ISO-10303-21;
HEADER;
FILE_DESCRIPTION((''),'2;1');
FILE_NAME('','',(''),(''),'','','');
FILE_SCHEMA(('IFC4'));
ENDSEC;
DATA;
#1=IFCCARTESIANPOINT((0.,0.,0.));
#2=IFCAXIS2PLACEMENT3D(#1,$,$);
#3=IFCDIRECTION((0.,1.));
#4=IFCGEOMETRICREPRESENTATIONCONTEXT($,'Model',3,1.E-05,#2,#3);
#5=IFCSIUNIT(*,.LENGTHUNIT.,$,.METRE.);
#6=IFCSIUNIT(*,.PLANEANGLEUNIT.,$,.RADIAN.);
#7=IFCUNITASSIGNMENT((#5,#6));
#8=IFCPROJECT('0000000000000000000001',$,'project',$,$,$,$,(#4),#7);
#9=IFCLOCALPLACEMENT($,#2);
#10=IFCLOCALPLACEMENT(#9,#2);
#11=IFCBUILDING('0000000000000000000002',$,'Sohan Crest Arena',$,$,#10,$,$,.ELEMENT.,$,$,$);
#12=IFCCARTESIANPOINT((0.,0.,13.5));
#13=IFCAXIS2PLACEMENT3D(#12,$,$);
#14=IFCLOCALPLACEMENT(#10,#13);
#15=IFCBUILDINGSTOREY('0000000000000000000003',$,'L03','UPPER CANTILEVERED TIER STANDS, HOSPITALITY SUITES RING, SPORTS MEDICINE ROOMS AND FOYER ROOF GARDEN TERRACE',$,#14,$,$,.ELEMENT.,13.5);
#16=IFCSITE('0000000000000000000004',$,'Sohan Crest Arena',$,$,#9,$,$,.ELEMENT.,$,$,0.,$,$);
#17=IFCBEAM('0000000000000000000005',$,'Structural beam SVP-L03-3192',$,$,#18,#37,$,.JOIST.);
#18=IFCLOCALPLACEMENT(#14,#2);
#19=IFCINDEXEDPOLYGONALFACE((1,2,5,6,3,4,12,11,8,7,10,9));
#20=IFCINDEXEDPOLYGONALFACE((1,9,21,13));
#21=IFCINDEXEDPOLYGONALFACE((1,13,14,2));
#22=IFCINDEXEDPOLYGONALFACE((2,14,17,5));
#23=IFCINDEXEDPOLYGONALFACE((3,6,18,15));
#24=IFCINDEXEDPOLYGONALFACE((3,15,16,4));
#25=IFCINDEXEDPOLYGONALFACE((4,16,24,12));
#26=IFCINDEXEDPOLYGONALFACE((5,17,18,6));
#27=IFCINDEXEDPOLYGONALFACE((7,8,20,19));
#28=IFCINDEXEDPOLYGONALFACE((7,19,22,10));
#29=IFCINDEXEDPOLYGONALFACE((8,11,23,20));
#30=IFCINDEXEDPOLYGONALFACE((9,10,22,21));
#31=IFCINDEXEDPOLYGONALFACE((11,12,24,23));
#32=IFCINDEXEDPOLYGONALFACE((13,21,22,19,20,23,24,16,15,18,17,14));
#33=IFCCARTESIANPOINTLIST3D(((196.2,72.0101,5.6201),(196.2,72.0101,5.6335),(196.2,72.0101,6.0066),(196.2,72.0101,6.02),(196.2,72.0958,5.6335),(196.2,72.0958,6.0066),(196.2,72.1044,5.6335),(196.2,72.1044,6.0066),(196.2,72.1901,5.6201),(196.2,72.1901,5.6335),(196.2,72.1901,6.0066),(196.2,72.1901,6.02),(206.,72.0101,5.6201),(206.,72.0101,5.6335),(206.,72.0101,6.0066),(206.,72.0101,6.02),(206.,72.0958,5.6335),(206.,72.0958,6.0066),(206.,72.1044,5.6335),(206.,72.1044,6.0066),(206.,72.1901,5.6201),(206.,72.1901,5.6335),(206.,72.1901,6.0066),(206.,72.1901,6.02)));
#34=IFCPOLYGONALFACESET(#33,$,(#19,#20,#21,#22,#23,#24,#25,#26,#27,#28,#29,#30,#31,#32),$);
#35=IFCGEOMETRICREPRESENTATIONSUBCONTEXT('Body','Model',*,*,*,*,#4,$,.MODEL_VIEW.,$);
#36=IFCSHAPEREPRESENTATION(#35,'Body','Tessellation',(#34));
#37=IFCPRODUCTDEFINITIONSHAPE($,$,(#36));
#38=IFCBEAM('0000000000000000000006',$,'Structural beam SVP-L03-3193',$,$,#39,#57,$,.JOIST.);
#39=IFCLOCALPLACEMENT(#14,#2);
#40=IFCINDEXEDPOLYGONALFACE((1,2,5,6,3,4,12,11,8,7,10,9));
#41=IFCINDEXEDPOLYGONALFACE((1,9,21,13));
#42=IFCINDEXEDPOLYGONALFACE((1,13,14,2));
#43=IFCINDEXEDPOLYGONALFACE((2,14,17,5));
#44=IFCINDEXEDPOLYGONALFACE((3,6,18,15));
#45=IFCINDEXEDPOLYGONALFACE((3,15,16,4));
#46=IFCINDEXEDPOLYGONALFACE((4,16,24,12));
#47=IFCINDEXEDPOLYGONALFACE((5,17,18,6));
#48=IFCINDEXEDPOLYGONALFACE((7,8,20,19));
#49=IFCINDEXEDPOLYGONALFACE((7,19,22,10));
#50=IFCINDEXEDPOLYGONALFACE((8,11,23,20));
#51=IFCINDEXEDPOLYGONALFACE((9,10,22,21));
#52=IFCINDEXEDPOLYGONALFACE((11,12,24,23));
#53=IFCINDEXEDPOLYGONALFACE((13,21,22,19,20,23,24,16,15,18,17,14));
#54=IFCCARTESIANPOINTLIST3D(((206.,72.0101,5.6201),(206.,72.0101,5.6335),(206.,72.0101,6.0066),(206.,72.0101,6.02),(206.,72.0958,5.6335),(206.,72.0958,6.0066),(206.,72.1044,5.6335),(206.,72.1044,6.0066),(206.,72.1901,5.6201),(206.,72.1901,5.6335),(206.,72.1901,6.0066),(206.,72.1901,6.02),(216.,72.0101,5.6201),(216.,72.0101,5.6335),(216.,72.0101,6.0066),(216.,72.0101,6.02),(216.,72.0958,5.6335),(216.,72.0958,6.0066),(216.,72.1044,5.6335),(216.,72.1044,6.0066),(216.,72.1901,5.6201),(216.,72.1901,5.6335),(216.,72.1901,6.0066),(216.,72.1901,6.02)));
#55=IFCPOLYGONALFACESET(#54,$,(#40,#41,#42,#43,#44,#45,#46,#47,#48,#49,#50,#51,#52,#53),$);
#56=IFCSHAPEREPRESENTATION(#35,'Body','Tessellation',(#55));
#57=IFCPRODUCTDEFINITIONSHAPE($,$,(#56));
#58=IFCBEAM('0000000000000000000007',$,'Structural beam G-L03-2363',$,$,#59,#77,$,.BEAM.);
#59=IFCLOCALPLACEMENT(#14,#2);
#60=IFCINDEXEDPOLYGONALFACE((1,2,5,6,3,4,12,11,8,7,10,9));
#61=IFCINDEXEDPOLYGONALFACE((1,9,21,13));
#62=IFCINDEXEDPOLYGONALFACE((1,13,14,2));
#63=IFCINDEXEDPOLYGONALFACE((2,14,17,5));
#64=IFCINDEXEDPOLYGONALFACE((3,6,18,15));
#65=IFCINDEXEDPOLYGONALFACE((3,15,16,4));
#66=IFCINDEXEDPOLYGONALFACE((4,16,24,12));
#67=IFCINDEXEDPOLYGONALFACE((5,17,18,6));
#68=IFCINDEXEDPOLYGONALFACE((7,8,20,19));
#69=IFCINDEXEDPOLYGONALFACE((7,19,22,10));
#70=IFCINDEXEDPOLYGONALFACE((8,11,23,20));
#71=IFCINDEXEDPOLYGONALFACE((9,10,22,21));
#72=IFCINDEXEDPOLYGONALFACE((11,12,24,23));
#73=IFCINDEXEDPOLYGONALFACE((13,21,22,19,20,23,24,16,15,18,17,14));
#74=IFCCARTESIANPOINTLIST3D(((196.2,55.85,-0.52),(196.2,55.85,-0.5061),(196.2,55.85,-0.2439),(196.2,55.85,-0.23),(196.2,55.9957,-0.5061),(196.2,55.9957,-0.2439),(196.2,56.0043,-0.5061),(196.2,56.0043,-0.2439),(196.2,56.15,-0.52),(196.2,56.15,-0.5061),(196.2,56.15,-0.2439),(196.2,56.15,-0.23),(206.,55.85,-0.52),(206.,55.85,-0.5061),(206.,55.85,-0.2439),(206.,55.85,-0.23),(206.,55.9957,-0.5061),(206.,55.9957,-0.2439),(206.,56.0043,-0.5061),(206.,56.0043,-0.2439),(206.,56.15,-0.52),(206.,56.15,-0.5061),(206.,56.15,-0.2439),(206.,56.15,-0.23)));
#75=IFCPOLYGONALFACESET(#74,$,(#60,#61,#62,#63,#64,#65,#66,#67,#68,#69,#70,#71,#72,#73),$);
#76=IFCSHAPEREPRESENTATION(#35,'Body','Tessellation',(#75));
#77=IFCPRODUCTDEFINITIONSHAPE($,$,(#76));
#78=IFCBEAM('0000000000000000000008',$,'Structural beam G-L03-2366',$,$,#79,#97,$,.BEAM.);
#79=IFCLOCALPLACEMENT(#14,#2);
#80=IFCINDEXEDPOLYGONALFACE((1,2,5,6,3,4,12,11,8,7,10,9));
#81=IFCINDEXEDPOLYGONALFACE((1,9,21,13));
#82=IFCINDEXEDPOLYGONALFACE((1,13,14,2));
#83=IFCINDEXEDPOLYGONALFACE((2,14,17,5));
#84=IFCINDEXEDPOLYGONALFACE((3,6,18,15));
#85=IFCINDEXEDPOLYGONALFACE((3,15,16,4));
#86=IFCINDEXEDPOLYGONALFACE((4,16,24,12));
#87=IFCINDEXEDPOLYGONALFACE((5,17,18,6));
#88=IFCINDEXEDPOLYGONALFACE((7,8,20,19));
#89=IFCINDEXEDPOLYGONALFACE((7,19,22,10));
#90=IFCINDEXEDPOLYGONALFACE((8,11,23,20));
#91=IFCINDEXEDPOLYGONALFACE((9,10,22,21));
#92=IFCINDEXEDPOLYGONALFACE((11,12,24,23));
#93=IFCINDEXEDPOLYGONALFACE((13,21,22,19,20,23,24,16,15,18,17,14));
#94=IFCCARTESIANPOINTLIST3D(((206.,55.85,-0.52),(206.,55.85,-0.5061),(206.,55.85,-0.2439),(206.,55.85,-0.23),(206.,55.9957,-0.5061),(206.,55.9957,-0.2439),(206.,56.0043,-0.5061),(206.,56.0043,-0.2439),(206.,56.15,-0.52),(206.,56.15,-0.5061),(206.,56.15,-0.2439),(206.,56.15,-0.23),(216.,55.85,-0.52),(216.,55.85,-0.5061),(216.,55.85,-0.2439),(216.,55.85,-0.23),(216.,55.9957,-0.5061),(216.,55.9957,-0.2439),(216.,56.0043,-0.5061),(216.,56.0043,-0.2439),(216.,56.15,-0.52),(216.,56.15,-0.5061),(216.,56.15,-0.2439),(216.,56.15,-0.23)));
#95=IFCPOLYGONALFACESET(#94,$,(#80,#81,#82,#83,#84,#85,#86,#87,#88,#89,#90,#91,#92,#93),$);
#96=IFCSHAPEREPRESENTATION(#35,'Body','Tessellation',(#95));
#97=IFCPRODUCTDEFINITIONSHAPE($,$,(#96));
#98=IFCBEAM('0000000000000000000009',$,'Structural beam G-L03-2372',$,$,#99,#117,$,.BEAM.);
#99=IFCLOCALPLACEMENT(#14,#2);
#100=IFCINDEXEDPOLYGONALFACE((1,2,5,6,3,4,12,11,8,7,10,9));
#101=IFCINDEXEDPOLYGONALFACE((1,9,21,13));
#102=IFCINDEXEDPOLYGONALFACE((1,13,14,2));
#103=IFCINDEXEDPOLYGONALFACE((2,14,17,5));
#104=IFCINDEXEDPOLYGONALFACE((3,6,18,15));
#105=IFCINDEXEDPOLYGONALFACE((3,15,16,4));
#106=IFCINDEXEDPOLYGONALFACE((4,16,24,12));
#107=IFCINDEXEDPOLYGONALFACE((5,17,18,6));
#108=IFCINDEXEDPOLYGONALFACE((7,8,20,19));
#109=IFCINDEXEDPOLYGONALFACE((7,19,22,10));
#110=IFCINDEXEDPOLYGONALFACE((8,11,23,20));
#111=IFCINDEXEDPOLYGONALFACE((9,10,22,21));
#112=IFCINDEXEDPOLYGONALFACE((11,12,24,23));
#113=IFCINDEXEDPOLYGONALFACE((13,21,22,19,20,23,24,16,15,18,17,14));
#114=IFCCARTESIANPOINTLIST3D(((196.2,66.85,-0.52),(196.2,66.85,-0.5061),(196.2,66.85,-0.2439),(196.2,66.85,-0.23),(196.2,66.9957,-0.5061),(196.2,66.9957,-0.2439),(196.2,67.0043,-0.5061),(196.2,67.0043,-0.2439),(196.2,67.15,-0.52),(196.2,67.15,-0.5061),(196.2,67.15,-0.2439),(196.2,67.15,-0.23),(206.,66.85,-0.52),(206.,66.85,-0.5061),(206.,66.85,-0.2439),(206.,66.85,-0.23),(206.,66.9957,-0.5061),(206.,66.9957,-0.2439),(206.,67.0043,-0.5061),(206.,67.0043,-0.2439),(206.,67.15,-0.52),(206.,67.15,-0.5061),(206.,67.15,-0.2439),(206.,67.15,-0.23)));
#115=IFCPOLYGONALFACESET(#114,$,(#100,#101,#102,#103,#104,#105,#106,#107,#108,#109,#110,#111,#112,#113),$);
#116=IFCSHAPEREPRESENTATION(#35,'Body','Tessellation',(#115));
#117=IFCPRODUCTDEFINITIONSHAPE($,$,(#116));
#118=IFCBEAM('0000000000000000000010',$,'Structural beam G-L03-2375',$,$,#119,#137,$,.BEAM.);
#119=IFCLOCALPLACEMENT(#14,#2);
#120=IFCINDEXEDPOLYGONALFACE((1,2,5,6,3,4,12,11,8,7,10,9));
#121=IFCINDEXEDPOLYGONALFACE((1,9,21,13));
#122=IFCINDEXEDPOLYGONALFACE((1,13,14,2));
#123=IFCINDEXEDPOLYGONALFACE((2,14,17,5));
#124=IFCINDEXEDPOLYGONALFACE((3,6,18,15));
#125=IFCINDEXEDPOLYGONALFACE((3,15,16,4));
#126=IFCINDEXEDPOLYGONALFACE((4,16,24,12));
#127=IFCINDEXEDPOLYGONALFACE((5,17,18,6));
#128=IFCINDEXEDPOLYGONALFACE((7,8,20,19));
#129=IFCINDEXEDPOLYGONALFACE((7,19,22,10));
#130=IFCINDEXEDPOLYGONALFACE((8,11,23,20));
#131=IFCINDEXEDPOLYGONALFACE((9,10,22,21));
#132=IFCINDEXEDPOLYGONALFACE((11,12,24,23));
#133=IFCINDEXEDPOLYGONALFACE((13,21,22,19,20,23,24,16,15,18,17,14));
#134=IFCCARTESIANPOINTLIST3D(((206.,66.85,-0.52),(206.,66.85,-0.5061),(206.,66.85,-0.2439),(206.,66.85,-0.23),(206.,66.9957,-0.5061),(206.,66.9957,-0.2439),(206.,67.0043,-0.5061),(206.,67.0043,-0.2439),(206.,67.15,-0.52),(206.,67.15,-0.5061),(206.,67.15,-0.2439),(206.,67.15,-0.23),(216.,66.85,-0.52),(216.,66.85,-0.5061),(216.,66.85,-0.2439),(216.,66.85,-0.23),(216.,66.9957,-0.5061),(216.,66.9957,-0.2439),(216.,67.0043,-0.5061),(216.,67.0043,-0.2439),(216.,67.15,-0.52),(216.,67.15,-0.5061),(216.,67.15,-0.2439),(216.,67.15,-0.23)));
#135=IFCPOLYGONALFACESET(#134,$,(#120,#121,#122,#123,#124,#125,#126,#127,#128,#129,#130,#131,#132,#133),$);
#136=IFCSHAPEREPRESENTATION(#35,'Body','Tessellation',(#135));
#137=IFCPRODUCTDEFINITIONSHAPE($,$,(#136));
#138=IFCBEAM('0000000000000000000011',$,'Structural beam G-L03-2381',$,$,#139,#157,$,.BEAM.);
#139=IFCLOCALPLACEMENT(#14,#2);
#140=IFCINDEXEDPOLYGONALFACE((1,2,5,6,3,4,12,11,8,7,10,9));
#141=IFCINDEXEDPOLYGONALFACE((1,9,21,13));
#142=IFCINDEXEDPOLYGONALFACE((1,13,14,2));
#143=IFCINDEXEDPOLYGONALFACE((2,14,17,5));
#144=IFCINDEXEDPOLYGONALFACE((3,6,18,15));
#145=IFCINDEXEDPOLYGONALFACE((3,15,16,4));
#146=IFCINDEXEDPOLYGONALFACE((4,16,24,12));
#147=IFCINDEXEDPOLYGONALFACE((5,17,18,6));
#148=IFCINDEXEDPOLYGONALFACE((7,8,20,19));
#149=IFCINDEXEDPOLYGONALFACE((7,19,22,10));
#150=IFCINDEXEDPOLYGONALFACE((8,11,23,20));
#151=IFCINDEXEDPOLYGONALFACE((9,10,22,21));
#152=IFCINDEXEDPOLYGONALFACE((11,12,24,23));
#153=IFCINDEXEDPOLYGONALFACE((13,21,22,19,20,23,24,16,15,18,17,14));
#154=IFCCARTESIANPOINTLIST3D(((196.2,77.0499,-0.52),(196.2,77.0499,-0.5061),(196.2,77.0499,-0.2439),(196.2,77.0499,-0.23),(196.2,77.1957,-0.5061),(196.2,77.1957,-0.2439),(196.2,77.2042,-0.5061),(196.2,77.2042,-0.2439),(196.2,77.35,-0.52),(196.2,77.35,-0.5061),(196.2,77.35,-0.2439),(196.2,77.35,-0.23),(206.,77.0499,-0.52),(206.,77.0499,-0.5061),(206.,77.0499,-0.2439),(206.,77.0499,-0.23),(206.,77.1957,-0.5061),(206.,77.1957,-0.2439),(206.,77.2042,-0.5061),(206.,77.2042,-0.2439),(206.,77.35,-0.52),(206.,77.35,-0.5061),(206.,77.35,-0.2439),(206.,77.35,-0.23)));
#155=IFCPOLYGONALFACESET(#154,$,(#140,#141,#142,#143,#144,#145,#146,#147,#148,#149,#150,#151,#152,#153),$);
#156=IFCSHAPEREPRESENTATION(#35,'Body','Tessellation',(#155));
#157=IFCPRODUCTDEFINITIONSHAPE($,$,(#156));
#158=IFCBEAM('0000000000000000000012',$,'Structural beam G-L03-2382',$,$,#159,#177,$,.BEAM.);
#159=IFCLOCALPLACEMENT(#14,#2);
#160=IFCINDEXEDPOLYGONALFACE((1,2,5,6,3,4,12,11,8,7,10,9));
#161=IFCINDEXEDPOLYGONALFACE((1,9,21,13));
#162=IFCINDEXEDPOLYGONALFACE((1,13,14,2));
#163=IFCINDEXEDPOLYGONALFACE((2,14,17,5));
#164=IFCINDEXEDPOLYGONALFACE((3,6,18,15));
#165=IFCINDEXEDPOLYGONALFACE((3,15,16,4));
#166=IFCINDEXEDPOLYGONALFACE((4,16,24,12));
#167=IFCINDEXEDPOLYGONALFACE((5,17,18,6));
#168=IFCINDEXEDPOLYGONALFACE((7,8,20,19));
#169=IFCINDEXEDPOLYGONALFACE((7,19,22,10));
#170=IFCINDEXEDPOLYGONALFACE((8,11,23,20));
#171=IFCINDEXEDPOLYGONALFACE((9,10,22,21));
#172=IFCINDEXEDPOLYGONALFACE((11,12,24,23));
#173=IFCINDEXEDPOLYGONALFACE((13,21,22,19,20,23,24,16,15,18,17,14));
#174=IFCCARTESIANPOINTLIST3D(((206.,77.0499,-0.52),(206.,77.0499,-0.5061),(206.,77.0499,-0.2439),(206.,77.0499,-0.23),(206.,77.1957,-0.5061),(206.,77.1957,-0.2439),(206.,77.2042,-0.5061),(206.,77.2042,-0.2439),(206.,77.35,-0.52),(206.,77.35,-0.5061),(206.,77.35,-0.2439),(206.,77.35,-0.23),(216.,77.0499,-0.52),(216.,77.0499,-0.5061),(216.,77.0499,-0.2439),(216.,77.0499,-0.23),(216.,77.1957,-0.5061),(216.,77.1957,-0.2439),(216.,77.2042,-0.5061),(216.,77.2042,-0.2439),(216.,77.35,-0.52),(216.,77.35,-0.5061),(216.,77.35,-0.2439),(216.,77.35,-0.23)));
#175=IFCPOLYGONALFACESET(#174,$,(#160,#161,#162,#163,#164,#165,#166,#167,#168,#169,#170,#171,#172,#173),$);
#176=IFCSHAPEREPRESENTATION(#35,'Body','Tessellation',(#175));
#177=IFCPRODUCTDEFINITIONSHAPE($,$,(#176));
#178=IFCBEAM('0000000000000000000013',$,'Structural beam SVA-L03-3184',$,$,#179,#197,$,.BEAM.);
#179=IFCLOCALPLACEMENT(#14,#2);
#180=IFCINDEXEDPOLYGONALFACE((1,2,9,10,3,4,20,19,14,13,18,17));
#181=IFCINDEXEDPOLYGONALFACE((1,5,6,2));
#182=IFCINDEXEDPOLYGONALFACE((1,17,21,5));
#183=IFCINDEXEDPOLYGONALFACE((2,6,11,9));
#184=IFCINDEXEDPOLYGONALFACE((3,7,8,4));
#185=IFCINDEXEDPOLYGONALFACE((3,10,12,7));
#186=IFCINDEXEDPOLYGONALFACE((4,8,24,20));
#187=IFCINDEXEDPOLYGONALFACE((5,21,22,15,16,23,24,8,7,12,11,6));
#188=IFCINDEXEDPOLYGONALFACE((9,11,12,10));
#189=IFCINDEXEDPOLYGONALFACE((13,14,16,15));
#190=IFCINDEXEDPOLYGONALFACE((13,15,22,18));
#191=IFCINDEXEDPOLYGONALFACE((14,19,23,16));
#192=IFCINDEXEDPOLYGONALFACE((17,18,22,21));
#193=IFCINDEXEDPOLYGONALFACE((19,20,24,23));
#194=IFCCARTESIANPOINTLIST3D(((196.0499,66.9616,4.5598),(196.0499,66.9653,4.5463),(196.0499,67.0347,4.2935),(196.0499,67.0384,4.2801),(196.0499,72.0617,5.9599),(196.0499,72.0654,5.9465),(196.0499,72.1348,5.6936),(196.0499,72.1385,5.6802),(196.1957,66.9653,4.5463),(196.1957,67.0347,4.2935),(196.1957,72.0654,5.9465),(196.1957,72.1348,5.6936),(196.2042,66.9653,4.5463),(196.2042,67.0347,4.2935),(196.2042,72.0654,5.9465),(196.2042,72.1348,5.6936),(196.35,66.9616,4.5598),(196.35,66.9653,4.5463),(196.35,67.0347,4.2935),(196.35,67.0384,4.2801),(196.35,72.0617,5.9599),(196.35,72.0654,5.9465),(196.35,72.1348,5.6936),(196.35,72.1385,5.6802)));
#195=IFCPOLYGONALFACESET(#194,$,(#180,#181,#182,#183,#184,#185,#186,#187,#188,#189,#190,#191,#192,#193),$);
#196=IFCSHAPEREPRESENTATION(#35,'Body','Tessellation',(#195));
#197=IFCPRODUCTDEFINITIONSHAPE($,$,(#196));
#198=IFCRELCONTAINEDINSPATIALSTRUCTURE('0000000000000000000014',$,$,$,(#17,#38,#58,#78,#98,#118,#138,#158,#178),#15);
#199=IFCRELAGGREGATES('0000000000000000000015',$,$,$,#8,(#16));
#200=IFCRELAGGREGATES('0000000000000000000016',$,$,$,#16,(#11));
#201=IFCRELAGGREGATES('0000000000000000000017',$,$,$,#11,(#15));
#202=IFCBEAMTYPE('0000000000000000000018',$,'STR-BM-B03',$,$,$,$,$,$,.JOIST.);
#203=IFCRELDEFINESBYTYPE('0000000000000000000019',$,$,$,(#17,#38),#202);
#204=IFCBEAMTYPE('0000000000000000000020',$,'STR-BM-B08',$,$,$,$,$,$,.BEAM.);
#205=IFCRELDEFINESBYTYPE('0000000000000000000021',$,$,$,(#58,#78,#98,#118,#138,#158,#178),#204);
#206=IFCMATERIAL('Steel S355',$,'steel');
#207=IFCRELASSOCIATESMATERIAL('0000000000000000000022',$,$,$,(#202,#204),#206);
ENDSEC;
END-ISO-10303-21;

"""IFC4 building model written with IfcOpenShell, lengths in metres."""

from ifc_helpers import new_model, si_unit, direction, frame, origin, origin_2d, place, context, subcontext, project, spatial, i_section, extrude, material, material_profile, profile_set, type_object, element, save


model = new_model("IFC4")

# Units and contexts
model_context = context("Model", 3, precision=1e-05, world=origin(), true_north=direction((0.0, 1.0)))
body_context = subcontext(model_context, "Body", "Model", "MODEL_VIEW")
ifc_project = project(units=[si_unit("LENGTHUNIT", "METRE"), si_unit("PLANEANGLEUNIT", "RADIAN")], contexts=[model_context])

# Site, building, storey
site_placement = place(None, origin())
site = spatial("IfcSite", under=ifc_project, at=site_placement, Name="Sohan Crest Arena", CompositionType="ELEMENT", RefElevation=0.0)
building_placement = place(site_placement, origin())
building = spatial("IfcBuilding", under=site, at=building_placement, Name="Sohan Crest Arena", CompositionType="ELEMENT")
storey_placement = place(building_placement, frame((0.0, 0.0, 13.5)))
storey = spatial("IfcBuildingStorey", under=building, at=storey_placement, Name="L03", Description="UPPER CANTILEVERED TIER STANDS, HOSPITALITY SUITES RING, SPORTS MEDICINE ROOMS AND FOYER ROOF GARDEN TERRACE", CompositionType="ELEMENT", Elevation=13.5)

# Beams
ifc_material_1 = material(Name="Steel S355", Category="steel")
ifc_material_profile_1 = material_profile(ifc_material_1, i_section(OverallWidth=0.1799, OverallDepth=0.3999, WebThickness=0.0085, FlangeThickness=0.0134, at=origin_2d()), Name="IPE 400")
ifc_profile_set_1 = profile_set([ifc_material_profile_1], Name="Steel S355")
beam_type_1 = type_object("IfcBeamType", Name="STR-BM-B03", PredefinedType="JOIST", material=ifc_profile_set_1)
beam_1_placement = place(storey_placement, frame((196.2, 72.1001, 5.8201), z_axis=(1.0, 0.0, 0.0), x_axis=(0.0, 1.0, 0.0)))
element("IfcBeam", 1, at=beam_1_placement, inside=storey, type_object=beam_type_1, Name="Structural beam SVP-L03-3192", PredefinedType="JOIST", context=body_context, shape_type="SweptSolid", body=[
    extrude(i_section(OverallWidth=0.1799, OverallDepth=0.3999, WebThickness=0.0085, FlangeThickness=0.0134, at=origin_2d()), origin(), (0.0, 0.0, 1.0), 9.8),
])
beam_2_placement = place(storey_placement, frame((206.0, 72.1001, 5.8201), z_axis=(1.0, 0.0, 0.0), x_axis=(0.0, 1.0, 0.0)))
element("IfcBeam", 2, at=beam_2_placement, inside=storey, type_object=beam_type_1, Name="Structural beam SVP-L03-3193", PredefinedType="JOIST", context=body_context, shape_type="SweptSolid", body=[
    extrude(i_section(OverallWidth=0.1799, OverallDepth=0.3999, WebThickness=0.0085, FlangeThickness=0.0134, at=origin_2d()), origin(), (0.0, 0.0, 1.0), 10.0),
])
ifc_material_profile_2 = material_profile(ifc_material_1, i_section(OverallWidth=0.3, OverallDepth=0.29, WebThickness=0.0085, FlangeThickness=0.0139, at=origin_2d()), Name="HEA 300")
ifc_profile_set_2 = profile_set([ifc_material_profile_2], Name="Steel S355")
beam_type_2 = type_object("IfcBeamType", Name="STR-BM-B08", PredefinedType="BEAM", material=ifc_profile_set_2)
beam_3_placement = place(storey_placement, frame((196.2, 56.0, -0.375), z_axis=(1.0, 0.0, 0.0), x_axis=(0.0, 1.0, 0.0)))
element("IfcBeam", 3, at=beam_3_placement, inside=storey, type_object=beam_type_2, Name="Structural beam G-L03-2363", PredefinedType="BEAM", context=body_context, shape_type="SweptSolid", body=[
    extrude(i_section(OverallWidth=0.3, OverallDepth=0.29, WebThickness=0.0085, FlangeThickness=0.0139, at=origin_2d()), origin(), (0.0, 0.0, 1.0), 9.8),
])
beam_4_placement = place(storey_placement, frame((206.0, 56.0, -0.375), z_axis=(1.0, 0.0, 0.0), x_axis=(0.0, 1.0, 0.0)))
element("IfcBeam", 4, at=beam_4_placement, inside=storey, type_object=beam_type_2, Name="Structural beam G-L03-2366", PredefinedType="BEAM", context=body_context, shape_type="SweptSolid", body=[
    extrude(i_section(OverallWidth=0.3, OverallDepth=0.29, WebThickness=0.0085, FlangeThickness=0.0139, at=origin_2d()), origin(), (0.0, 0.0, 1.0), 10.0),
])
beam_5_placement = place(storey_placement, frame((196.2, 67.0, -0.375), z_axis=(1.0, 0.0, 0.0), x_axis=(0.0, 1.0, 0.0)))
element("IfcBeam", 5, at=beam_5_placement, inside=storey, type_object=beam_type_2, Name="Structural beam G-L03-2372", PredefinedType="BEAM", context=body_context, shape_type="SweptSolid", body=[
    extrude(i_section(OverallWidth=0.3, OverallDepth=0.29, WebThickness=0.0085, FlangeThickness=0.0139, at=origin_2d()), origin(), (0.0, 0.0, 1.0), 9.8),
])
beam_6_placement = place(storey_placement, frame((206.0, 67.0, -0.375), z_axis=(1.0, 0.0, 0.0), x_axis=(0.0, 1.0, 0.0)))
element("IfcBeam", 6, at=beam_6_placement, inside=storey, type_object=beam_type_2, Name="Structural beam G-L03-2375", PredefinedType="BEAM", context=body_context, shape_type="SweptSolid", body=[
    extrude(i_section(OverallWidth=0.3, OverallDepth=0.29, WebThickness=0.0085, FlangeThickness=0.0139, at=origin_2d()), origin(), (0.0, 0.0, 1.0), 10.0),
])
beam_7_placement = place(storey_placement, frame((196.2, 77.2, -0.375), z_axis=(1.0, 0.0, 0.0), x_axis=(0.0, 1.0, 0.0)))
element("IfcBeam", 7, at=beam_7_placement, inside=storey, type_object=beam_type_2, Name="Structural beam G-L03-2381", PredefinedType="BEAM", context=body_context, shape_type="SweptSolid", body=[
    extrude(i_section(OverallWidth=0.3, OverallDepth=0.29, WebThickness=0.0085, FlangeThickness=0.0139, at=origin_2d()), origin(), (0.0, 0.0, 1.0), 9.8),
])
beam_8_placement = place(storey_placement, frame((206.0, 77.2, -0.375), z_axis=(1.0, 0.0, 0.0), x_axis=(0.0, 1.0, 0.0)))
element("IfcBeam", 8, at=beam_8_placement, inside=storey, type_object=beam_type_2, Name="Structural beam G-L03-2382", PredefinedType="BEAM", context=body_context, shape_type="SweptSolid", body=[
    extrude(i_section(OverallWidth=0.3, OverallDepth=0.29, WebThickness=0.0085, FlangeThickness=0.0139, at=origin_2d()), origin(), (0.0, 0.0, 1.0), 10.0),
])
beam_9_placement = place(storey_placement, frame((196.2, 67.0, 4.4199), z_axis=(0.0, 0.96432, 0.264738), x_axis=(-1.0, 0.0, 0.0)))
element("IfcBeam", 9, at=beam_9_placement, inside=storey, type_object=beam_type_2, Name="Structural beam SVA-L03-3184", PredefinedType="BEAM", context=body_context, shape_type="SweptSolid", body=[
    extrude(i_section(OverallWidth=0.3, OverallDepth=0.29, WebThickness=0.0085, FlangeThickness=0.0139, at=origin_2d()), origin(), (0.0, 0.0, 1.0), 5.2888),
])

save(model, "model.ifc")
